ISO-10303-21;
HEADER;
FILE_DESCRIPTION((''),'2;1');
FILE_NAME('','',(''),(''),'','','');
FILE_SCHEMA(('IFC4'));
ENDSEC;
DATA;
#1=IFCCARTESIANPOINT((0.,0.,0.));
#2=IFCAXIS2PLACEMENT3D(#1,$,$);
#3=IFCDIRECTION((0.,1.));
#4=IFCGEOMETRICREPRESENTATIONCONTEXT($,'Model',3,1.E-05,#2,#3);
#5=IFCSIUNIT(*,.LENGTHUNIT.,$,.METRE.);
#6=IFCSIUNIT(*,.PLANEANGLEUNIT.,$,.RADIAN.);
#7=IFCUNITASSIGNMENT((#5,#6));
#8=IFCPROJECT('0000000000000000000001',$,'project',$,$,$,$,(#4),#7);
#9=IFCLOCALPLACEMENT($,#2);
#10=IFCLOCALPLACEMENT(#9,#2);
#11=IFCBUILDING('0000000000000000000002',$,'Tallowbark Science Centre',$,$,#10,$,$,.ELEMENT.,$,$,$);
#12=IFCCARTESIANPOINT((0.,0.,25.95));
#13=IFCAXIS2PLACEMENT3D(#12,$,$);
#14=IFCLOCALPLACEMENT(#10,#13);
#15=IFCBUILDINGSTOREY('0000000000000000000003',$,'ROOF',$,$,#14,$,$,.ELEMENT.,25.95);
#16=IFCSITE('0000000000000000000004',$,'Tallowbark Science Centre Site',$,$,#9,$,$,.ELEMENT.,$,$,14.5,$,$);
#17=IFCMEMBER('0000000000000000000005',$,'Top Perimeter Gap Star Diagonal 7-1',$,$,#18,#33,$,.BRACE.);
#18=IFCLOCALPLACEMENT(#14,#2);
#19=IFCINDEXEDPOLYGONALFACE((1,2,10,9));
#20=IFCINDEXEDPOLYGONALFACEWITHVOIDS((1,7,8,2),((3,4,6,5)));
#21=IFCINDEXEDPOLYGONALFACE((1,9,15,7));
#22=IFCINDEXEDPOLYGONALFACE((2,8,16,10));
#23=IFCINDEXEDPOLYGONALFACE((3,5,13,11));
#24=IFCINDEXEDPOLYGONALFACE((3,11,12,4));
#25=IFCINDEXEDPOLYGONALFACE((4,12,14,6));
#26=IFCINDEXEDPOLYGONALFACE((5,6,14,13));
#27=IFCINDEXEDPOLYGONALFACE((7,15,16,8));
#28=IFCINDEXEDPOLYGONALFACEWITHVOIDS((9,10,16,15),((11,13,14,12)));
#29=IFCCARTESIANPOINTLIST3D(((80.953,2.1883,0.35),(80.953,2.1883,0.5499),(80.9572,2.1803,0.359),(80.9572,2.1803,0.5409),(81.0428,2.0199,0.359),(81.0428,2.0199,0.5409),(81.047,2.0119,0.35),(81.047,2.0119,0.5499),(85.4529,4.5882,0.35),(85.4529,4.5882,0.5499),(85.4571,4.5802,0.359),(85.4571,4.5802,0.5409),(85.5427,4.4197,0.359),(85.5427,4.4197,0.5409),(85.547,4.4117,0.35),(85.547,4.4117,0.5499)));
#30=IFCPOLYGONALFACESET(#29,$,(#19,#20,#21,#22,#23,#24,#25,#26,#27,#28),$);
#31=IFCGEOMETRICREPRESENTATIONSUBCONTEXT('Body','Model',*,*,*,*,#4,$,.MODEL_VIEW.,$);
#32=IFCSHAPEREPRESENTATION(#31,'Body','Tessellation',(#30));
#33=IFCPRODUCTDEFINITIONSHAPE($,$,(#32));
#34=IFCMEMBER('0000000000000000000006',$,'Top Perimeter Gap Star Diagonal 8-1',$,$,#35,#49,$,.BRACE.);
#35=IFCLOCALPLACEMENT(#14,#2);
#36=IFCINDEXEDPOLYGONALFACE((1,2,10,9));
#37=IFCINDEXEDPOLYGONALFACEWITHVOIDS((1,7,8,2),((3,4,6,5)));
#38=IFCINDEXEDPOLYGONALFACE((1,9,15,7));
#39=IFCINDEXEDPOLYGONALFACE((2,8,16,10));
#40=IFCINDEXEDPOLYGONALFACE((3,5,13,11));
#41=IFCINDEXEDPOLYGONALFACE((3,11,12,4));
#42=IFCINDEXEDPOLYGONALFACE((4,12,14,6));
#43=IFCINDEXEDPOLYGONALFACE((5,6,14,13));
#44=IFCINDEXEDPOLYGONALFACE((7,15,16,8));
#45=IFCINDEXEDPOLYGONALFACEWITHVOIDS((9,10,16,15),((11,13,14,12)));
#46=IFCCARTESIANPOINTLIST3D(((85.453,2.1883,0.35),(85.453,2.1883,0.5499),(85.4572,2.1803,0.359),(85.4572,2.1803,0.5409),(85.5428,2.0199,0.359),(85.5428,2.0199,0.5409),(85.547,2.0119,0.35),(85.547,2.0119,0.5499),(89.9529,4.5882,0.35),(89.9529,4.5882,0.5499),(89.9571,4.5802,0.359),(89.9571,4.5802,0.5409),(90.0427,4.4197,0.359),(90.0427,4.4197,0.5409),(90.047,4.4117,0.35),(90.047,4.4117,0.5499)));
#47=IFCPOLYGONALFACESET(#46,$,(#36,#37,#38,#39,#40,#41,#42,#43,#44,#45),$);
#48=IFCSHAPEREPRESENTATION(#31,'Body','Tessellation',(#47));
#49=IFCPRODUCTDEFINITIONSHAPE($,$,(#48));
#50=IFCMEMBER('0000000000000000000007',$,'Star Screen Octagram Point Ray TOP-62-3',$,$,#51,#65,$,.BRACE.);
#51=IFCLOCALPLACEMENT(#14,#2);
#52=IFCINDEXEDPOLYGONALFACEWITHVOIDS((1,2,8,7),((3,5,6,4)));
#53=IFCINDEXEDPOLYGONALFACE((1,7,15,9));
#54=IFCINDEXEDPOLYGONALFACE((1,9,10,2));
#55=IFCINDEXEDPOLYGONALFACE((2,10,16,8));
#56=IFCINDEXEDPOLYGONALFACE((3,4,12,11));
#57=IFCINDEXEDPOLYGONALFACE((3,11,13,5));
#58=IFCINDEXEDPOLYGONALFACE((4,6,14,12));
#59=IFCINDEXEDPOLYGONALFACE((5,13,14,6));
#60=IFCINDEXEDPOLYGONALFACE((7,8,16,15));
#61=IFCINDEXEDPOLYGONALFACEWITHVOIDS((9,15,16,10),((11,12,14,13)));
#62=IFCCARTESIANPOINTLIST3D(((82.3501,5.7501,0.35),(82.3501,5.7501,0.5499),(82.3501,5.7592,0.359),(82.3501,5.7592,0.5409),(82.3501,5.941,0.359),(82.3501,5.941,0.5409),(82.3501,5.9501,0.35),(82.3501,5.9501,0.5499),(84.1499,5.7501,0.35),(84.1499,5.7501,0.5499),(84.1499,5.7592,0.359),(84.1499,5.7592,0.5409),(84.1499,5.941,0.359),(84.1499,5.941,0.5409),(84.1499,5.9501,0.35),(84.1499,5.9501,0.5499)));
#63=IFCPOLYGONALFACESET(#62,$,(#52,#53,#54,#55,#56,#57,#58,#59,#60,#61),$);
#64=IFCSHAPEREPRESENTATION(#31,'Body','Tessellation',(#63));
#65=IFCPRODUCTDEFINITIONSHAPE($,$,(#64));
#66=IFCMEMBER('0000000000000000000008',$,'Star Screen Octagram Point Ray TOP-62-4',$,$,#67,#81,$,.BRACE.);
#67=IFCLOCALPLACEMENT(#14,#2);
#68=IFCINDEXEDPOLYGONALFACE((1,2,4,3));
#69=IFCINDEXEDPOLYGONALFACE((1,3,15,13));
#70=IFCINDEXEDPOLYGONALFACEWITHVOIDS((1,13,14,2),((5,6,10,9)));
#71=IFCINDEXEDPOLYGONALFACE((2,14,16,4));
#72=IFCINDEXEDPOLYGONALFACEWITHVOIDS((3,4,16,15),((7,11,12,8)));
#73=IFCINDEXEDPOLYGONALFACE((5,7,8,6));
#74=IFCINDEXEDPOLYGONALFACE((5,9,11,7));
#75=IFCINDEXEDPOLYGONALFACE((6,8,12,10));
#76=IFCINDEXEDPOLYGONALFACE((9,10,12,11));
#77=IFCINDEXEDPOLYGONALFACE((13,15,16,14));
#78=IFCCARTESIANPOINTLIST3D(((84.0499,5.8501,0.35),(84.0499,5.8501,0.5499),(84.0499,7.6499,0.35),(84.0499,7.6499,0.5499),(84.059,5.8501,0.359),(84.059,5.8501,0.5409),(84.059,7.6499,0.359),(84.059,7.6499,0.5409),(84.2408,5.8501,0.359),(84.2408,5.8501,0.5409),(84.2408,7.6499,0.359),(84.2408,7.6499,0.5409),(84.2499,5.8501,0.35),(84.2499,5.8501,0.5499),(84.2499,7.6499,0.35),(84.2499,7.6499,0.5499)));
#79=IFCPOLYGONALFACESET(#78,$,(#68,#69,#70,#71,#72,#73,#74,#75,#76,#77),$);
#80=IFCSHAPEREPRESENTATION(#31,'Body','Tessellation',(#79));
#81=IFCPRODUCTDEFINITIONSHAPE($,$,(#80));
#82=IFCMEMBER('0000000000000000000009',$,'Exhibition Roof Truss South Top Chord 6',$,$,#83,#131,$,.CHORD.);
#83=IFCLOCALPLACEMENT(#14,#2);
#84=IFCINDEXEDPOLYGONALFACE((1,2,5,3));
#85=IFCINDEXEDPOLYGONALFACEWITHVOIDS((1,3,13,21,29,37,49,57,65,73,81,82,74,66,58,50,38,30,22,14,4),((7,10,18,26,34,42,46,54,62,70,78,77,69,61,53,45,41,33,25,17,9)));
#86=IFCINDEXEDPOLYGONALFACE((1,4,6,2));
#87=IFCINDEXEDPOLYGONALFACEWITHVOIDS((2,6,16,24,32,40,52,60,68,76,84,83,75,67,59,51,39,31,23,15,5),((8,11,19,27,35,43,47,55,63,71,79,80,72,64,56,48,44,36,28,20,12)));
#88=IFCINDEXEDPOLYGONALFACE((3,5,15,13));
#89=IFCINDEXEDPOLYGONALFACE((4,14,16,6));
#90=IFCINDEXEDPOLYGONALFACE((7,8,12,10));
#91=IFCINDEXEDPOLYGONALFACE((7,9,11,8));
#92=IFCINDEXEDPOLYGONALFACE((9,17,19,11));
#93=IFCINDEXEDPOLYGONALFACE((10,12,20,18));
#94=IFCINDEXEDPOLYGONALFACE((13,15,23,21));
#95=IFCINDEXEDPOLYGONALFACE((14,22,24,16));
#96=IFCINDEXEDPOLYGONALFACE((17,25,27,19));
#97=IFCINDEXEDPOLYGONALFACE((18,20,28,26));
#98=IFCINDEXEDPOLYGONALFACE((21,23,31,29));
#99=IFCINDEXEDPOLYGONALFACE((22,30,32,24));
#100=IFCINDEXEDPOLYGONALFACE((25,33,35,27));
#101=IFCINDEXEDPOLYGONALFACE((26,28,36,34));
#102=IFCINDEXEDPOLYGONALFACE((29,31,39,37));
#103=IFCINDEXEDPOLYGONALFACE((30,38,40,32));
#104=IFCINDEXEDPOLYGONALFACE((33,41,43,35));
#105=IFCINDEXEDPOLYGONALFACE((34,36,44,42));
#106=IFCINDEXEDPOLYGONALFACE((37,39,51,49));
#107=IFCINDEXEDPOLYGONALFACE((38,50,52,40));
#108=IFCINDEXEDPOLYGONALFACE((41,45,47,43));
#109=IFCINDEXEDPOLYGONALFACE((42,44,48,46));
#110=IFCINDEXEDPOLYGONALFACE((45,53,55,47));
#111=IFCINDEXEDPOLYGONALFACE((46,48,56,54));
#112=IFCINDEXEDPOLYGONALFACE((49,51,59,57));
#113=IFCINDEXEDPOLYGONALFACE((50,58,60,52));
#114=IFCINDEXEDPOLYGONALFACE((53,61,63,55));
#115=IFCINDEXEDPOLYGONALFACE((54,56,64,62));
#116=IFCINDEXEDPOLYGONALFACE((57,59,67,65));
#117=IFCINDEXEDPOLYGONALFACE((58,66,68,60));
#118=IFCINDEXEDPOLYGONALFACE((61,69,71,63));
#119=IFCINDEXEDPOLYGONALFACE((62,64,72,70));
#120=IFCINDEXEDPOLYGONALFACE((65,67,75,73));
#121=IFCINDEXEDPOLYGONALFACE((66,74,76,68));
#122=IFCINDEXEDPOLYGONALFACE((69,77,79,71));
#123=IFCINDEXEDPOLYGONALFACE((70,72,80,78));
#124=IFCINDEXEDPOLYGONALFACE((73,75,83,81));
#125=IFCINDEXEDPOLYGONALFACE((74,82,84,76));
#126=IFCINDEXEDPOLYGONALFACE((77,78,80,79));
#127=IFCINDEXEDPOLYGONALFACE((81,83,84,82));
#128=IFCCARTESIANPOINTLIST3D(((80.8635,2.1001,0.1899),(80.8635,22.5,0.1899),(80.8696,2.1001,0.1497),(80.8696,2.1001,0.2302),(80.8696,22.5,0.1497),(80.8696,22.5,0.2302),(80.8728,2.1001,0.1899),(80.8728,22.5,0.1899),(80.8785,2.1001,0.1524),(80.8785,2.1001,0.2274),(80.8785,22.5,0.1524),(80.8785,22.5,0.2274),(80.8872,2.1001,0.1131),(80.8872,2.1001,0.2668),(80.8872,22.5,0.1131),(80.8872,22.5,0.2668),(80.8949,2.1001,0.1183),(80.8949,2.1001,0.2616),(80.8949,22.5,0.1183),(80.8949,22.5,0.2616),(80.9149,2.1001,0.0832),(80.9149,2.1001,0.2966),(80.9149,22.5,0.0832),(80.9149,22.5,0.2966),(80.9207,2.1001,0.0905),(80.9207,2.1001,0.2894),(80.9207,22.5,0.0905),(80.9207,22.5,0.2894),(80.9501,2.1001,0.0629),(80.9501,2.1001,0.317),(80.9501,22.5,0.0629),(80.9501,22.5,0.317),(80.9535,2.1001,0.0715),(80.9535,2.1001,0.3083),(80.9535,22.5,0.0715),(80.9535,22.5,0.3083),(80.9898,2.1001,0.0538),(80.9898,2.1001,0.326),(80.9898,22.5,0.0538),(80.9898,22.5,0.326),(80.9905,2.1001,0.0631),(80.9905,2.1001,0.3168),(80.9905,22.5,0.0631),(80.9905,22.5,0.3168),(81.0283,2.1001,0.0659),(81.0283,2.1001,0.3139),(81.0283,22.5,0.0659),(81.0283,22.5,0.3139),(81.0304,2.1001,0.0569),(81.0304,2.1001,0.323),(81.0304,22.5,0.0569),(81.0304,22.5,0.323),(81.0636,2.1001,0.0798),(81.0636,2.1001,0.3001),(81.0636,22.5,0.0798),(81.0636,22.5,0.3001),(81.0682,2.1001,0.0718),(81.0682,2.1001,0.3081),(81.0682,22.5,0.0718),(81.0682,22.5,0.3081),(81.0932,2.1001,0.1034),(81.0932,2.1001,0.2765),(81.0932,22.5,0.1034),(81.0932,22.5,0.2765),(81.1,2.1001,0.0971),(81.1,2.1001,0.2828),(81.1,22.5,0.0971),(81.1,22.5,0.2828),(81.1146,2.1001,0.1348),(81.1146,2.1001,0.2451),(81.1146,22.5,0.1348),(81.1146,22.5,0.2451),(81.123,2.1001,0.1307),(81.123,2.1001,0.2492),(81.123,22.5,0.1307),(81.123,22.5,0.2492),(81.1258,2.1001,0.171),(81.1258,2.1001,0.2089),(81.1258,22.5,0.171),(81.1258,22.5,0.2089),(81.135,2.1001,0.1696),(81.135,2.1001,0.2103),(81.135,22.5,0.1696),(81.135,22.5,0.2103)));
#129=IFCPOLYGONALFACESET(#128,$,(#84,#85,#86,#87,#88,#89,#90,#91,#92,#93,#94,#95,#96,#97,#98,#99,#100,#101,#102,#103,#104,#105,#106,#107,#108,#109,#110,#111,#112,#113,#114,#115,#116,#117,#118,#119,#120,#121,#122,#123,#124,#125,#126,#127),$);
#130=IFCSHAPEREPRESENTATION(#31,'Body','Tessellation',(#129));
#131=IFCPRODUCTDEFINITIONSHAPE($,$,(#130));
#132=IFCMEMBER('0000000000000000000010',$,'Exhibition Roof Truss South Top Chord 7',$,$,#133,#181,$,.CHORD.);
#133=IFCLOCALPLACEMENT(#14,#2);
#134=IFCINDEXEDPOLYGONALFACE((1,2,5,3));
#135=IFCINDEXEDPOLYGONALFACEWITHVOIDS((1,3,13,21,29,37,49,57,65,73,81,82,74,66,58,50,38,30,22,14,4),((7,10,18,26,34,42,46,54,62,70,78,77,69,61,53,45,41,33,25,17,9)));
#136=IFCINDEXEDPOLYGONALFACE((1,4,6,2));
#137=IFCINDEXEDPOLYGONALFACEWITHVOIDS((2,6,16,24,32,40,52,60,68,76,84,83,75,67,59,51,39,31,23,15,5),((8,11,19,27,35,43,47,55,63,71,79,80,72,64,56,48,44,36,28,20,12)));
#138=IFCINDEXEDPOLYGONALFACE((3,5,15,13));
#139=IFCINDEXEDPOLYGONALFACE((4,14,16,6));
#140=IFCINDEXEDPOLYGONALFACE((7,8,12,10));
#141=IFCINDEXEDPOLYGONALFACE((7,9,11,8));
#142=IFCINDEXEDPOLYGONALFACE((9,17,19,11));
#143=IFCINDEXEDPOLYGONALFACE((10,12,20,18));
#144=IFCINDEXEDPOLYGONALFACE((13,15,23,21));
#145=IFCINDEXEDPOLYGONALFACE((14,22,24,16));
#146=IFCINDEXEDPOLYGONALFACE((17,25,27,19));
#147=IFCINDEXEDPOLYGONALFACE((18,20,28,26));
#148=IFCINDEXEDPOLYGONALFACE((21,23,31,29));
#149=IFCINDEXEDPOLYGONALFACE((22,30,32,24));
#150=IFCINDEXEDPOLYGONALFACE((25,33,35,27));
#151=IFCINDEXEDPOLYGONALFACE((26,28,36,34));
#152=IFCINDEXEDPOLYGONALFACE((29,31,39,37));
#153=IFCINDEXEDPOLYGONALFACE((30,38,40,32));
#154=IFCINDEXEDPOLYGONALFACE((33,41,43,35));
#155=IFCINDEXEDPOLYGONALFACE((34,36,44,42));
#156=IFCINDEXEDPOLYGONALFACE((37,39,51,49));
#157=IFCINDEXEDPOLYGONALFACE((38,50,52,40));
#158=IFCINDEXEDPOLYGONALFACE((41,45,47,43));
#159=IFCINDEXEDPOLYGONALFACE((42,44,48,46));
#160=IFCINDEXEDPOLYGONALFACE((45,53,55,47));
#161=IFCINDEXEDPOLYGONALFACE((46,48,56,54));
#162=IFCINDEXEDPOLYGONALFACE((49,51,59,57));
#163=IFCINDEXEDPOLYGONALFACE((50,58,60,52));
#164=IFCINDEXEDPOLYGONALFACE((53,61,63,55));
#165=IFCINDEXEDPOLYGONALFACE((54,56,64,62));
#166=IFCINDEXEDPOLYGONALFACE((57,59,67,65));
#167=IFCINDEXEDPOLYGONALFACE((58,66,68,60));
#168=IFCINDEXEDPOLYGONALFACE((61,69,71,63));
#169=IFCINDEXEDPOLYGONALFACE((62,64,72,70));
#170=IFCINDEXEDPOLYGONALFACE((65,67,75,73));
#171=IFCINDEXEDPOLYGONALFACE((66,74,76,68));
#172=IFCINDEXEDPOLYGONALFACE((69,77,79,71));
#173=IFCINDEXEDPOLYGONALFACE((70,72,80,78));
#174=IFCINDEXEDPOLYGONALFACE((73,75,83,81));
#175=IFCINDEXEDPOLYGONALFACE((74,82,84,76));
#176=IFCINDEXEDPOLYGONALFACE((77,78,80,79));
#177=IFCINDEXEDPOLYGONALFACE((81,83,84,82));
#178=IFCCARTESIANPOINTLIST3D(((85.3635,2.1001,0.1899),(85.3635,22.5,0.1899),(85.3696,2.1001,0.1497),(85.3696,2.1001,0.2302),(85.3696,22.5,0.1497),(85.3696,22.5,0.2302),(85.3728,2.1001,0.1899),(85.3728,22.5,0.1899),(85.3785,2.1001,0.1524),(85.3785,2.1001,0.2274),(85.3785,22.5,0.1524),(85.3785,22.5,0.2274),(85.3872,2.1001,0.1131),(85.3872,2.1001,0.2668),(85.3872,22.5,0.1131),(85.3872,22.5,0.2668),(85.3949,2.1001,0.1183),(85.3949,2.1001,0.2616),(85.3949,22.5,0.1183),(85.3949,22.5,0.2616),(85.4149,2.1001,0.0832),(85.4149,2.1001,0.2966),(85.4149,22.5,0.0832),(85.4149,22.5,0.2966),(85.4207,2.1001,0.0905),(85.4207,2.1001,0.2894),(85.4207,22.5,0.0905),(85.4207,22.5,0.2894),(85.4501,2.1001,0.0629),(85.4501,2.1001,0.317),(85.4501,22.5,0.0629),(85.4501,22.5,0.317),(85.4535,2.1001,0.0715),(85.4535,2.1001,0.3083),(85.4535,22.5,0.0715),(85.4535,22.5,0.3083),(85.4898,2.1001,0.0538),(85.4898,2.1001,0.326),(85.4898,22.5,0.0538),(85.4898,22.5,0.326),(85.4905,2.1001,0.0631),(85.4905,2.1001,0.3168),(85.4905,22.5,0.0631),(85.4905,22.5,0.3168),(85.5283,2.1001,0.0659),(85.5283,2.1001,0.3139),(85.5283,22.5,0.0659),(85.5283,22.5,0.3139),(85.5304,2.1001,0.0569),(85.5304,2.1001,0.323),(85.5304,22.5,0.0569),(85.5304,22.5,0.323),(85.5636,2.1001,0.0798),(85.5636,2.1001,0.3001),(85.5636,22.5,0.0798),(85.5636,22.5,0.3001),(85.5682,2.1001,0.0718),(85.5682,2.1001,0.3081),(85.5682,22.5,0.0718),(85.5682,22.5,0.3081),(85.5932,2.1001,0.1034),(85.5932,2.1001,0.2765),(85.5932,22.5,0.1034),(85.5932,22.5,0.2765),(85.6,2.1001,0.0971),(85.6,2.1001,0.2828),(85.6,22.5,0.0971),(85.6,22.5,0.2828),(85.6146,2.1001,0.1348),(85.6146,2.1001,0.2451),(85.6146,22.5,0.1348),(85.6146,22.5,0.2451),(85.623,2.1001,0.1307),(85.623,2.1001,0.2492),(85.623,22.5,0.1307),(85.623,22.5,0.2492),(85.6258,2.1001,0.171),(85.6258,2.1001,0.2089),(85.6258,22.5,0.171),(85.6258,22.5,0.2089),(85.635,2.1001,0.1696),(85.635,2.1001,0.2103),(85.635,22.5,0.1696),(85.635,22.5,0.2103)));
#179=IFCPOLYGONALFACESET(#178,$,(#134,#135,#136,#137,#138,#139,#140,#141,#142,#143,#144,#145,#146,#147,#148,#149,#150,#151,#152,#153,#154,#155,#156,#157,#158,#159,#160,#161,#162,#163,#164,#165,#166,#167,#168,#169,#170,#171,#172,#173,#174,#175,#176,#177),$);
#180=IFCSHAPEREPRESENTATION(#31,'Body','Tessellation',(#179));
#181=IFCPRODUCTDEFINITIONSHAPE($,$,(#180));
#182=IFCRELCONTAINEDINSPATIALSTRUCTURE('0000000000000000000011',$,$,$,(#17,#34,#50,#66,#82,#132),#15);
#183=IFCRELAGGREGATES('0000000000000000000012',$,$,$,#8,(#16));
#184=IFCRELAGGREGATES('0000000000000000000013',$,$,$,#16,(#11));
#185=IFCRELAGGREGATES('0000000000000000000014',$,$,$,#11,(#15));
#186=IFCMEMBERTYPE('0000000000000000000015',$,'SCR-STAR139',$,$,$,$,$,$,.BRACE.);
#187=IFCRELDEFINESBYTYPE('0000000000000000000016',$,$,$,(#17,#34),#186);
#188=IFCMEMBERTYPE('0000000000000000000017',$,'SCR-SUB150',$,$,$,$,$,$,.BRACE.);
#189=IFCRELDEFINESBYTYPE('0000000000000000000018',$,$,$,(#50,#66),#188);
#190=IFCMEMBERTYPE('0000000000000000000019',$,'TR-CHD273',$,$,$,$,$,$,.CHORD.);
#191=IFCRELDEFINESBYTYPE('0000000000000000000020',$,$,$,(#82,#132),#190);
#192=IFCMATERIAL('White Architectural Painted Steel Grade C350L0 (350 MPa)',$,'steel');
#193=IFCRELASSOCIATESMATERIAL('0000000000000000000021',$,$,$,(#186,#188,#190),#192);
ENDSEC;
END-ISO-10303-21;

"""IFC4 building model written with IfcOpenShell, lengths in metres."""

from ifc_helpers import new_model, si_unit, direction, frame, origin, origin_2d, place, context, subcontext, project, spatial, hollow_rectangle, hollow_circle, extrude, material, material_profile, profile_set, type_object, element, save


model = new_model("IFC4")

# Units and contexts
model_context = context("Model", 3, precision=1e-05, world=origin(), true_north=direction((0.0, 1.0)))
body_context = subcontext(model_context, "Body", "Model", "MODEL_VIEW")
ifc_project = project(units=[si_unit("LENGTHUNIT", "METRE"), si_unit("PLANEANGLEUNIT", "RADIAN")], contexts=[model_context])

# Site, building, storey
site_placement = place(None, origin())
site = spatial("IfcSite", under=ifc_project, at=site_placement, Name="Tallowbark Science Centre Site", CompositionType="ELEMENT", RefElevation=14.5)
building_placement = place(site_placement, origin())
building = spatial("IfcBuilding", under=site, at=building_placement, Name="Tallowbark Science Centre", CompositionType="ELEMENT")
storey_placement = place(building_placement, frame((0.0, 0.0, 25.95)))
storey = spatial("IfcBuildingStorey", under=building, at=storey_placement, Name="ROOF", CompositionType="ELEMENT", Elevation=25.95)

# Members
ifc_material_1 = material(Name="White Architectural Painted Steel Grade C350L0 (350 MPa)", Category="steel")
ifc_material_profile_1 = material_profile(ifc_material_1, hollow_rectangle(XDim=0.2, YDim=0.2, WallThickness=0.009, at=origin_2d()), Name="200x200x9.0SHS")
ifc_profile_set_1 = profile_set([ifc_material_profile_1], Name="White Architectural Painted Steel Grade C350L0 (350 MPa)")
member_type_1 = type_object("IfcMemberType", Name="SCR-STAR139", PredefinedType="BRACE", material=ifc_profile_set_1)
for number, where, z_axis, x_axis, name in (
    (1, (81.0, 2.1001, 0.45), (0.882361, 0.470573, 0.0), (-0.470573, 0.882361, 0.0), "Top Perimeter Gap Star Diagonal 7-1"),
    (2, (85.5, 2.1001, 0.45), (0.882361, 0.470573, 0.0), (-0.470573, 0.882361, 0.0), "Top Perimeter Gap Star Diagonal 8-1"),
):
    element("IfcMember", number, at=place(storey_placement, frame(where, z_axis=z_axis, x_axis=x_axis)), inside=storey, type_object=member_type_1, Name=name, PredefinedType="BRACE", context=body_context, shape_type="SweptSolid", body=[
        extrude(hollow_rectangle(XDim=0.2, YDim=0.2, WallThickness=0.009, at=origin_2d()), origin(), (0.0, 0.0, 1.0), 5.0999),
    ])
ifc_material_profile_2 = material_profile(ifc_material_1, hollow_rectangle(XDim=0.2, YDim=0.2, WallThickness=0.009, at=origin_2d()), Name="200x200x9.0SHS")
ifc_profile_set_2 = profile_set([ifc_material_profile_2], Name="White Architectural Painted Steel Grade C350L0 (350 MPa)")
member_type_2 = type_object("IfcMemberType", Name="SCR-SUB150", PredefinedType="BRACE", material=ifc_profile_set_2)
for number, where, z_axis, x_axis, name in (
    (3, (84.1499, 5.8501, 0.45), (-1.0, 0.0, 0.0), (0.0, -1.0, 0.0), "Star Screen Octagram Point Ray TOP-62-3"),
    (4, (84.1499, 5.8501, 0.45), (0.0, 1.0, 0.0), (-1.0, 0.0, 0.0), "Star Screen Octagram Point Ray TOP-62-4"),
):
    element("IfcMember", number, at=place(storey_placement, frame(where, z_axis=z_axis, x_axis=x_axis)), inside=storey, type_object=member_type_2, Name=name, PredefinedType="BRACE", context=body_context, shape_type="SweptSolid", body=[
        extrude(hollow_rectangle(XDim=0.2, YDim=0.2, WallThickness=0.009, at=origin_2d()), origin(), (0.0, 0.0, 1.0), 1.7998),
    ])
ifc_material_profile_3 = material_profile(ifc_material_1, hollow_circle(Radius=0.1365, WallThickness=0.0093, at=origin_2d()), Name="273.1x9.3CHS")
ifc_profile_set_3 = profile_set([ifc_material_profile_3], Name="White Architectural Painted Steel Grade C350L0 (350 MPa)")
member_type_3 = type_object("IfcMemberType", Name="TR-CHD273", PredefinedType="CHORD", material=ifc_profile_set_3)
for number, where, z_axis, x_axis, name in (
    (5, (81.0, 2.1001, 0.1899), (0.0, 1.0, 0.0), (-1.0, 0.0, 0.0), "Exhibition Roof Truss South Top Chord 6"),
    (6, (85.5, 2.1001, 0.1899), (0.0, 1.0, 0.0), (-1.0, 0.0, 0.0), "Exhibition Roof Truss South Top Chord 7"),
):
    element("IfcMember", number, at=place(storey_placement, frame(where, z_axis=z_axis, x_axis=x_axis)), inside=storey, type_object=member_type_3, Name=name, PredefinedType="CHORD", context=body_context, shape_type="SweptSolid", body=[
        extrude(hollow_circle(Radius=0.1365, WallThickness=0.0093, at=origin_2d()), origin(), (0.0, 0.0, 1.0), 20.3999),
    ])

save(model, "model.ifc")
